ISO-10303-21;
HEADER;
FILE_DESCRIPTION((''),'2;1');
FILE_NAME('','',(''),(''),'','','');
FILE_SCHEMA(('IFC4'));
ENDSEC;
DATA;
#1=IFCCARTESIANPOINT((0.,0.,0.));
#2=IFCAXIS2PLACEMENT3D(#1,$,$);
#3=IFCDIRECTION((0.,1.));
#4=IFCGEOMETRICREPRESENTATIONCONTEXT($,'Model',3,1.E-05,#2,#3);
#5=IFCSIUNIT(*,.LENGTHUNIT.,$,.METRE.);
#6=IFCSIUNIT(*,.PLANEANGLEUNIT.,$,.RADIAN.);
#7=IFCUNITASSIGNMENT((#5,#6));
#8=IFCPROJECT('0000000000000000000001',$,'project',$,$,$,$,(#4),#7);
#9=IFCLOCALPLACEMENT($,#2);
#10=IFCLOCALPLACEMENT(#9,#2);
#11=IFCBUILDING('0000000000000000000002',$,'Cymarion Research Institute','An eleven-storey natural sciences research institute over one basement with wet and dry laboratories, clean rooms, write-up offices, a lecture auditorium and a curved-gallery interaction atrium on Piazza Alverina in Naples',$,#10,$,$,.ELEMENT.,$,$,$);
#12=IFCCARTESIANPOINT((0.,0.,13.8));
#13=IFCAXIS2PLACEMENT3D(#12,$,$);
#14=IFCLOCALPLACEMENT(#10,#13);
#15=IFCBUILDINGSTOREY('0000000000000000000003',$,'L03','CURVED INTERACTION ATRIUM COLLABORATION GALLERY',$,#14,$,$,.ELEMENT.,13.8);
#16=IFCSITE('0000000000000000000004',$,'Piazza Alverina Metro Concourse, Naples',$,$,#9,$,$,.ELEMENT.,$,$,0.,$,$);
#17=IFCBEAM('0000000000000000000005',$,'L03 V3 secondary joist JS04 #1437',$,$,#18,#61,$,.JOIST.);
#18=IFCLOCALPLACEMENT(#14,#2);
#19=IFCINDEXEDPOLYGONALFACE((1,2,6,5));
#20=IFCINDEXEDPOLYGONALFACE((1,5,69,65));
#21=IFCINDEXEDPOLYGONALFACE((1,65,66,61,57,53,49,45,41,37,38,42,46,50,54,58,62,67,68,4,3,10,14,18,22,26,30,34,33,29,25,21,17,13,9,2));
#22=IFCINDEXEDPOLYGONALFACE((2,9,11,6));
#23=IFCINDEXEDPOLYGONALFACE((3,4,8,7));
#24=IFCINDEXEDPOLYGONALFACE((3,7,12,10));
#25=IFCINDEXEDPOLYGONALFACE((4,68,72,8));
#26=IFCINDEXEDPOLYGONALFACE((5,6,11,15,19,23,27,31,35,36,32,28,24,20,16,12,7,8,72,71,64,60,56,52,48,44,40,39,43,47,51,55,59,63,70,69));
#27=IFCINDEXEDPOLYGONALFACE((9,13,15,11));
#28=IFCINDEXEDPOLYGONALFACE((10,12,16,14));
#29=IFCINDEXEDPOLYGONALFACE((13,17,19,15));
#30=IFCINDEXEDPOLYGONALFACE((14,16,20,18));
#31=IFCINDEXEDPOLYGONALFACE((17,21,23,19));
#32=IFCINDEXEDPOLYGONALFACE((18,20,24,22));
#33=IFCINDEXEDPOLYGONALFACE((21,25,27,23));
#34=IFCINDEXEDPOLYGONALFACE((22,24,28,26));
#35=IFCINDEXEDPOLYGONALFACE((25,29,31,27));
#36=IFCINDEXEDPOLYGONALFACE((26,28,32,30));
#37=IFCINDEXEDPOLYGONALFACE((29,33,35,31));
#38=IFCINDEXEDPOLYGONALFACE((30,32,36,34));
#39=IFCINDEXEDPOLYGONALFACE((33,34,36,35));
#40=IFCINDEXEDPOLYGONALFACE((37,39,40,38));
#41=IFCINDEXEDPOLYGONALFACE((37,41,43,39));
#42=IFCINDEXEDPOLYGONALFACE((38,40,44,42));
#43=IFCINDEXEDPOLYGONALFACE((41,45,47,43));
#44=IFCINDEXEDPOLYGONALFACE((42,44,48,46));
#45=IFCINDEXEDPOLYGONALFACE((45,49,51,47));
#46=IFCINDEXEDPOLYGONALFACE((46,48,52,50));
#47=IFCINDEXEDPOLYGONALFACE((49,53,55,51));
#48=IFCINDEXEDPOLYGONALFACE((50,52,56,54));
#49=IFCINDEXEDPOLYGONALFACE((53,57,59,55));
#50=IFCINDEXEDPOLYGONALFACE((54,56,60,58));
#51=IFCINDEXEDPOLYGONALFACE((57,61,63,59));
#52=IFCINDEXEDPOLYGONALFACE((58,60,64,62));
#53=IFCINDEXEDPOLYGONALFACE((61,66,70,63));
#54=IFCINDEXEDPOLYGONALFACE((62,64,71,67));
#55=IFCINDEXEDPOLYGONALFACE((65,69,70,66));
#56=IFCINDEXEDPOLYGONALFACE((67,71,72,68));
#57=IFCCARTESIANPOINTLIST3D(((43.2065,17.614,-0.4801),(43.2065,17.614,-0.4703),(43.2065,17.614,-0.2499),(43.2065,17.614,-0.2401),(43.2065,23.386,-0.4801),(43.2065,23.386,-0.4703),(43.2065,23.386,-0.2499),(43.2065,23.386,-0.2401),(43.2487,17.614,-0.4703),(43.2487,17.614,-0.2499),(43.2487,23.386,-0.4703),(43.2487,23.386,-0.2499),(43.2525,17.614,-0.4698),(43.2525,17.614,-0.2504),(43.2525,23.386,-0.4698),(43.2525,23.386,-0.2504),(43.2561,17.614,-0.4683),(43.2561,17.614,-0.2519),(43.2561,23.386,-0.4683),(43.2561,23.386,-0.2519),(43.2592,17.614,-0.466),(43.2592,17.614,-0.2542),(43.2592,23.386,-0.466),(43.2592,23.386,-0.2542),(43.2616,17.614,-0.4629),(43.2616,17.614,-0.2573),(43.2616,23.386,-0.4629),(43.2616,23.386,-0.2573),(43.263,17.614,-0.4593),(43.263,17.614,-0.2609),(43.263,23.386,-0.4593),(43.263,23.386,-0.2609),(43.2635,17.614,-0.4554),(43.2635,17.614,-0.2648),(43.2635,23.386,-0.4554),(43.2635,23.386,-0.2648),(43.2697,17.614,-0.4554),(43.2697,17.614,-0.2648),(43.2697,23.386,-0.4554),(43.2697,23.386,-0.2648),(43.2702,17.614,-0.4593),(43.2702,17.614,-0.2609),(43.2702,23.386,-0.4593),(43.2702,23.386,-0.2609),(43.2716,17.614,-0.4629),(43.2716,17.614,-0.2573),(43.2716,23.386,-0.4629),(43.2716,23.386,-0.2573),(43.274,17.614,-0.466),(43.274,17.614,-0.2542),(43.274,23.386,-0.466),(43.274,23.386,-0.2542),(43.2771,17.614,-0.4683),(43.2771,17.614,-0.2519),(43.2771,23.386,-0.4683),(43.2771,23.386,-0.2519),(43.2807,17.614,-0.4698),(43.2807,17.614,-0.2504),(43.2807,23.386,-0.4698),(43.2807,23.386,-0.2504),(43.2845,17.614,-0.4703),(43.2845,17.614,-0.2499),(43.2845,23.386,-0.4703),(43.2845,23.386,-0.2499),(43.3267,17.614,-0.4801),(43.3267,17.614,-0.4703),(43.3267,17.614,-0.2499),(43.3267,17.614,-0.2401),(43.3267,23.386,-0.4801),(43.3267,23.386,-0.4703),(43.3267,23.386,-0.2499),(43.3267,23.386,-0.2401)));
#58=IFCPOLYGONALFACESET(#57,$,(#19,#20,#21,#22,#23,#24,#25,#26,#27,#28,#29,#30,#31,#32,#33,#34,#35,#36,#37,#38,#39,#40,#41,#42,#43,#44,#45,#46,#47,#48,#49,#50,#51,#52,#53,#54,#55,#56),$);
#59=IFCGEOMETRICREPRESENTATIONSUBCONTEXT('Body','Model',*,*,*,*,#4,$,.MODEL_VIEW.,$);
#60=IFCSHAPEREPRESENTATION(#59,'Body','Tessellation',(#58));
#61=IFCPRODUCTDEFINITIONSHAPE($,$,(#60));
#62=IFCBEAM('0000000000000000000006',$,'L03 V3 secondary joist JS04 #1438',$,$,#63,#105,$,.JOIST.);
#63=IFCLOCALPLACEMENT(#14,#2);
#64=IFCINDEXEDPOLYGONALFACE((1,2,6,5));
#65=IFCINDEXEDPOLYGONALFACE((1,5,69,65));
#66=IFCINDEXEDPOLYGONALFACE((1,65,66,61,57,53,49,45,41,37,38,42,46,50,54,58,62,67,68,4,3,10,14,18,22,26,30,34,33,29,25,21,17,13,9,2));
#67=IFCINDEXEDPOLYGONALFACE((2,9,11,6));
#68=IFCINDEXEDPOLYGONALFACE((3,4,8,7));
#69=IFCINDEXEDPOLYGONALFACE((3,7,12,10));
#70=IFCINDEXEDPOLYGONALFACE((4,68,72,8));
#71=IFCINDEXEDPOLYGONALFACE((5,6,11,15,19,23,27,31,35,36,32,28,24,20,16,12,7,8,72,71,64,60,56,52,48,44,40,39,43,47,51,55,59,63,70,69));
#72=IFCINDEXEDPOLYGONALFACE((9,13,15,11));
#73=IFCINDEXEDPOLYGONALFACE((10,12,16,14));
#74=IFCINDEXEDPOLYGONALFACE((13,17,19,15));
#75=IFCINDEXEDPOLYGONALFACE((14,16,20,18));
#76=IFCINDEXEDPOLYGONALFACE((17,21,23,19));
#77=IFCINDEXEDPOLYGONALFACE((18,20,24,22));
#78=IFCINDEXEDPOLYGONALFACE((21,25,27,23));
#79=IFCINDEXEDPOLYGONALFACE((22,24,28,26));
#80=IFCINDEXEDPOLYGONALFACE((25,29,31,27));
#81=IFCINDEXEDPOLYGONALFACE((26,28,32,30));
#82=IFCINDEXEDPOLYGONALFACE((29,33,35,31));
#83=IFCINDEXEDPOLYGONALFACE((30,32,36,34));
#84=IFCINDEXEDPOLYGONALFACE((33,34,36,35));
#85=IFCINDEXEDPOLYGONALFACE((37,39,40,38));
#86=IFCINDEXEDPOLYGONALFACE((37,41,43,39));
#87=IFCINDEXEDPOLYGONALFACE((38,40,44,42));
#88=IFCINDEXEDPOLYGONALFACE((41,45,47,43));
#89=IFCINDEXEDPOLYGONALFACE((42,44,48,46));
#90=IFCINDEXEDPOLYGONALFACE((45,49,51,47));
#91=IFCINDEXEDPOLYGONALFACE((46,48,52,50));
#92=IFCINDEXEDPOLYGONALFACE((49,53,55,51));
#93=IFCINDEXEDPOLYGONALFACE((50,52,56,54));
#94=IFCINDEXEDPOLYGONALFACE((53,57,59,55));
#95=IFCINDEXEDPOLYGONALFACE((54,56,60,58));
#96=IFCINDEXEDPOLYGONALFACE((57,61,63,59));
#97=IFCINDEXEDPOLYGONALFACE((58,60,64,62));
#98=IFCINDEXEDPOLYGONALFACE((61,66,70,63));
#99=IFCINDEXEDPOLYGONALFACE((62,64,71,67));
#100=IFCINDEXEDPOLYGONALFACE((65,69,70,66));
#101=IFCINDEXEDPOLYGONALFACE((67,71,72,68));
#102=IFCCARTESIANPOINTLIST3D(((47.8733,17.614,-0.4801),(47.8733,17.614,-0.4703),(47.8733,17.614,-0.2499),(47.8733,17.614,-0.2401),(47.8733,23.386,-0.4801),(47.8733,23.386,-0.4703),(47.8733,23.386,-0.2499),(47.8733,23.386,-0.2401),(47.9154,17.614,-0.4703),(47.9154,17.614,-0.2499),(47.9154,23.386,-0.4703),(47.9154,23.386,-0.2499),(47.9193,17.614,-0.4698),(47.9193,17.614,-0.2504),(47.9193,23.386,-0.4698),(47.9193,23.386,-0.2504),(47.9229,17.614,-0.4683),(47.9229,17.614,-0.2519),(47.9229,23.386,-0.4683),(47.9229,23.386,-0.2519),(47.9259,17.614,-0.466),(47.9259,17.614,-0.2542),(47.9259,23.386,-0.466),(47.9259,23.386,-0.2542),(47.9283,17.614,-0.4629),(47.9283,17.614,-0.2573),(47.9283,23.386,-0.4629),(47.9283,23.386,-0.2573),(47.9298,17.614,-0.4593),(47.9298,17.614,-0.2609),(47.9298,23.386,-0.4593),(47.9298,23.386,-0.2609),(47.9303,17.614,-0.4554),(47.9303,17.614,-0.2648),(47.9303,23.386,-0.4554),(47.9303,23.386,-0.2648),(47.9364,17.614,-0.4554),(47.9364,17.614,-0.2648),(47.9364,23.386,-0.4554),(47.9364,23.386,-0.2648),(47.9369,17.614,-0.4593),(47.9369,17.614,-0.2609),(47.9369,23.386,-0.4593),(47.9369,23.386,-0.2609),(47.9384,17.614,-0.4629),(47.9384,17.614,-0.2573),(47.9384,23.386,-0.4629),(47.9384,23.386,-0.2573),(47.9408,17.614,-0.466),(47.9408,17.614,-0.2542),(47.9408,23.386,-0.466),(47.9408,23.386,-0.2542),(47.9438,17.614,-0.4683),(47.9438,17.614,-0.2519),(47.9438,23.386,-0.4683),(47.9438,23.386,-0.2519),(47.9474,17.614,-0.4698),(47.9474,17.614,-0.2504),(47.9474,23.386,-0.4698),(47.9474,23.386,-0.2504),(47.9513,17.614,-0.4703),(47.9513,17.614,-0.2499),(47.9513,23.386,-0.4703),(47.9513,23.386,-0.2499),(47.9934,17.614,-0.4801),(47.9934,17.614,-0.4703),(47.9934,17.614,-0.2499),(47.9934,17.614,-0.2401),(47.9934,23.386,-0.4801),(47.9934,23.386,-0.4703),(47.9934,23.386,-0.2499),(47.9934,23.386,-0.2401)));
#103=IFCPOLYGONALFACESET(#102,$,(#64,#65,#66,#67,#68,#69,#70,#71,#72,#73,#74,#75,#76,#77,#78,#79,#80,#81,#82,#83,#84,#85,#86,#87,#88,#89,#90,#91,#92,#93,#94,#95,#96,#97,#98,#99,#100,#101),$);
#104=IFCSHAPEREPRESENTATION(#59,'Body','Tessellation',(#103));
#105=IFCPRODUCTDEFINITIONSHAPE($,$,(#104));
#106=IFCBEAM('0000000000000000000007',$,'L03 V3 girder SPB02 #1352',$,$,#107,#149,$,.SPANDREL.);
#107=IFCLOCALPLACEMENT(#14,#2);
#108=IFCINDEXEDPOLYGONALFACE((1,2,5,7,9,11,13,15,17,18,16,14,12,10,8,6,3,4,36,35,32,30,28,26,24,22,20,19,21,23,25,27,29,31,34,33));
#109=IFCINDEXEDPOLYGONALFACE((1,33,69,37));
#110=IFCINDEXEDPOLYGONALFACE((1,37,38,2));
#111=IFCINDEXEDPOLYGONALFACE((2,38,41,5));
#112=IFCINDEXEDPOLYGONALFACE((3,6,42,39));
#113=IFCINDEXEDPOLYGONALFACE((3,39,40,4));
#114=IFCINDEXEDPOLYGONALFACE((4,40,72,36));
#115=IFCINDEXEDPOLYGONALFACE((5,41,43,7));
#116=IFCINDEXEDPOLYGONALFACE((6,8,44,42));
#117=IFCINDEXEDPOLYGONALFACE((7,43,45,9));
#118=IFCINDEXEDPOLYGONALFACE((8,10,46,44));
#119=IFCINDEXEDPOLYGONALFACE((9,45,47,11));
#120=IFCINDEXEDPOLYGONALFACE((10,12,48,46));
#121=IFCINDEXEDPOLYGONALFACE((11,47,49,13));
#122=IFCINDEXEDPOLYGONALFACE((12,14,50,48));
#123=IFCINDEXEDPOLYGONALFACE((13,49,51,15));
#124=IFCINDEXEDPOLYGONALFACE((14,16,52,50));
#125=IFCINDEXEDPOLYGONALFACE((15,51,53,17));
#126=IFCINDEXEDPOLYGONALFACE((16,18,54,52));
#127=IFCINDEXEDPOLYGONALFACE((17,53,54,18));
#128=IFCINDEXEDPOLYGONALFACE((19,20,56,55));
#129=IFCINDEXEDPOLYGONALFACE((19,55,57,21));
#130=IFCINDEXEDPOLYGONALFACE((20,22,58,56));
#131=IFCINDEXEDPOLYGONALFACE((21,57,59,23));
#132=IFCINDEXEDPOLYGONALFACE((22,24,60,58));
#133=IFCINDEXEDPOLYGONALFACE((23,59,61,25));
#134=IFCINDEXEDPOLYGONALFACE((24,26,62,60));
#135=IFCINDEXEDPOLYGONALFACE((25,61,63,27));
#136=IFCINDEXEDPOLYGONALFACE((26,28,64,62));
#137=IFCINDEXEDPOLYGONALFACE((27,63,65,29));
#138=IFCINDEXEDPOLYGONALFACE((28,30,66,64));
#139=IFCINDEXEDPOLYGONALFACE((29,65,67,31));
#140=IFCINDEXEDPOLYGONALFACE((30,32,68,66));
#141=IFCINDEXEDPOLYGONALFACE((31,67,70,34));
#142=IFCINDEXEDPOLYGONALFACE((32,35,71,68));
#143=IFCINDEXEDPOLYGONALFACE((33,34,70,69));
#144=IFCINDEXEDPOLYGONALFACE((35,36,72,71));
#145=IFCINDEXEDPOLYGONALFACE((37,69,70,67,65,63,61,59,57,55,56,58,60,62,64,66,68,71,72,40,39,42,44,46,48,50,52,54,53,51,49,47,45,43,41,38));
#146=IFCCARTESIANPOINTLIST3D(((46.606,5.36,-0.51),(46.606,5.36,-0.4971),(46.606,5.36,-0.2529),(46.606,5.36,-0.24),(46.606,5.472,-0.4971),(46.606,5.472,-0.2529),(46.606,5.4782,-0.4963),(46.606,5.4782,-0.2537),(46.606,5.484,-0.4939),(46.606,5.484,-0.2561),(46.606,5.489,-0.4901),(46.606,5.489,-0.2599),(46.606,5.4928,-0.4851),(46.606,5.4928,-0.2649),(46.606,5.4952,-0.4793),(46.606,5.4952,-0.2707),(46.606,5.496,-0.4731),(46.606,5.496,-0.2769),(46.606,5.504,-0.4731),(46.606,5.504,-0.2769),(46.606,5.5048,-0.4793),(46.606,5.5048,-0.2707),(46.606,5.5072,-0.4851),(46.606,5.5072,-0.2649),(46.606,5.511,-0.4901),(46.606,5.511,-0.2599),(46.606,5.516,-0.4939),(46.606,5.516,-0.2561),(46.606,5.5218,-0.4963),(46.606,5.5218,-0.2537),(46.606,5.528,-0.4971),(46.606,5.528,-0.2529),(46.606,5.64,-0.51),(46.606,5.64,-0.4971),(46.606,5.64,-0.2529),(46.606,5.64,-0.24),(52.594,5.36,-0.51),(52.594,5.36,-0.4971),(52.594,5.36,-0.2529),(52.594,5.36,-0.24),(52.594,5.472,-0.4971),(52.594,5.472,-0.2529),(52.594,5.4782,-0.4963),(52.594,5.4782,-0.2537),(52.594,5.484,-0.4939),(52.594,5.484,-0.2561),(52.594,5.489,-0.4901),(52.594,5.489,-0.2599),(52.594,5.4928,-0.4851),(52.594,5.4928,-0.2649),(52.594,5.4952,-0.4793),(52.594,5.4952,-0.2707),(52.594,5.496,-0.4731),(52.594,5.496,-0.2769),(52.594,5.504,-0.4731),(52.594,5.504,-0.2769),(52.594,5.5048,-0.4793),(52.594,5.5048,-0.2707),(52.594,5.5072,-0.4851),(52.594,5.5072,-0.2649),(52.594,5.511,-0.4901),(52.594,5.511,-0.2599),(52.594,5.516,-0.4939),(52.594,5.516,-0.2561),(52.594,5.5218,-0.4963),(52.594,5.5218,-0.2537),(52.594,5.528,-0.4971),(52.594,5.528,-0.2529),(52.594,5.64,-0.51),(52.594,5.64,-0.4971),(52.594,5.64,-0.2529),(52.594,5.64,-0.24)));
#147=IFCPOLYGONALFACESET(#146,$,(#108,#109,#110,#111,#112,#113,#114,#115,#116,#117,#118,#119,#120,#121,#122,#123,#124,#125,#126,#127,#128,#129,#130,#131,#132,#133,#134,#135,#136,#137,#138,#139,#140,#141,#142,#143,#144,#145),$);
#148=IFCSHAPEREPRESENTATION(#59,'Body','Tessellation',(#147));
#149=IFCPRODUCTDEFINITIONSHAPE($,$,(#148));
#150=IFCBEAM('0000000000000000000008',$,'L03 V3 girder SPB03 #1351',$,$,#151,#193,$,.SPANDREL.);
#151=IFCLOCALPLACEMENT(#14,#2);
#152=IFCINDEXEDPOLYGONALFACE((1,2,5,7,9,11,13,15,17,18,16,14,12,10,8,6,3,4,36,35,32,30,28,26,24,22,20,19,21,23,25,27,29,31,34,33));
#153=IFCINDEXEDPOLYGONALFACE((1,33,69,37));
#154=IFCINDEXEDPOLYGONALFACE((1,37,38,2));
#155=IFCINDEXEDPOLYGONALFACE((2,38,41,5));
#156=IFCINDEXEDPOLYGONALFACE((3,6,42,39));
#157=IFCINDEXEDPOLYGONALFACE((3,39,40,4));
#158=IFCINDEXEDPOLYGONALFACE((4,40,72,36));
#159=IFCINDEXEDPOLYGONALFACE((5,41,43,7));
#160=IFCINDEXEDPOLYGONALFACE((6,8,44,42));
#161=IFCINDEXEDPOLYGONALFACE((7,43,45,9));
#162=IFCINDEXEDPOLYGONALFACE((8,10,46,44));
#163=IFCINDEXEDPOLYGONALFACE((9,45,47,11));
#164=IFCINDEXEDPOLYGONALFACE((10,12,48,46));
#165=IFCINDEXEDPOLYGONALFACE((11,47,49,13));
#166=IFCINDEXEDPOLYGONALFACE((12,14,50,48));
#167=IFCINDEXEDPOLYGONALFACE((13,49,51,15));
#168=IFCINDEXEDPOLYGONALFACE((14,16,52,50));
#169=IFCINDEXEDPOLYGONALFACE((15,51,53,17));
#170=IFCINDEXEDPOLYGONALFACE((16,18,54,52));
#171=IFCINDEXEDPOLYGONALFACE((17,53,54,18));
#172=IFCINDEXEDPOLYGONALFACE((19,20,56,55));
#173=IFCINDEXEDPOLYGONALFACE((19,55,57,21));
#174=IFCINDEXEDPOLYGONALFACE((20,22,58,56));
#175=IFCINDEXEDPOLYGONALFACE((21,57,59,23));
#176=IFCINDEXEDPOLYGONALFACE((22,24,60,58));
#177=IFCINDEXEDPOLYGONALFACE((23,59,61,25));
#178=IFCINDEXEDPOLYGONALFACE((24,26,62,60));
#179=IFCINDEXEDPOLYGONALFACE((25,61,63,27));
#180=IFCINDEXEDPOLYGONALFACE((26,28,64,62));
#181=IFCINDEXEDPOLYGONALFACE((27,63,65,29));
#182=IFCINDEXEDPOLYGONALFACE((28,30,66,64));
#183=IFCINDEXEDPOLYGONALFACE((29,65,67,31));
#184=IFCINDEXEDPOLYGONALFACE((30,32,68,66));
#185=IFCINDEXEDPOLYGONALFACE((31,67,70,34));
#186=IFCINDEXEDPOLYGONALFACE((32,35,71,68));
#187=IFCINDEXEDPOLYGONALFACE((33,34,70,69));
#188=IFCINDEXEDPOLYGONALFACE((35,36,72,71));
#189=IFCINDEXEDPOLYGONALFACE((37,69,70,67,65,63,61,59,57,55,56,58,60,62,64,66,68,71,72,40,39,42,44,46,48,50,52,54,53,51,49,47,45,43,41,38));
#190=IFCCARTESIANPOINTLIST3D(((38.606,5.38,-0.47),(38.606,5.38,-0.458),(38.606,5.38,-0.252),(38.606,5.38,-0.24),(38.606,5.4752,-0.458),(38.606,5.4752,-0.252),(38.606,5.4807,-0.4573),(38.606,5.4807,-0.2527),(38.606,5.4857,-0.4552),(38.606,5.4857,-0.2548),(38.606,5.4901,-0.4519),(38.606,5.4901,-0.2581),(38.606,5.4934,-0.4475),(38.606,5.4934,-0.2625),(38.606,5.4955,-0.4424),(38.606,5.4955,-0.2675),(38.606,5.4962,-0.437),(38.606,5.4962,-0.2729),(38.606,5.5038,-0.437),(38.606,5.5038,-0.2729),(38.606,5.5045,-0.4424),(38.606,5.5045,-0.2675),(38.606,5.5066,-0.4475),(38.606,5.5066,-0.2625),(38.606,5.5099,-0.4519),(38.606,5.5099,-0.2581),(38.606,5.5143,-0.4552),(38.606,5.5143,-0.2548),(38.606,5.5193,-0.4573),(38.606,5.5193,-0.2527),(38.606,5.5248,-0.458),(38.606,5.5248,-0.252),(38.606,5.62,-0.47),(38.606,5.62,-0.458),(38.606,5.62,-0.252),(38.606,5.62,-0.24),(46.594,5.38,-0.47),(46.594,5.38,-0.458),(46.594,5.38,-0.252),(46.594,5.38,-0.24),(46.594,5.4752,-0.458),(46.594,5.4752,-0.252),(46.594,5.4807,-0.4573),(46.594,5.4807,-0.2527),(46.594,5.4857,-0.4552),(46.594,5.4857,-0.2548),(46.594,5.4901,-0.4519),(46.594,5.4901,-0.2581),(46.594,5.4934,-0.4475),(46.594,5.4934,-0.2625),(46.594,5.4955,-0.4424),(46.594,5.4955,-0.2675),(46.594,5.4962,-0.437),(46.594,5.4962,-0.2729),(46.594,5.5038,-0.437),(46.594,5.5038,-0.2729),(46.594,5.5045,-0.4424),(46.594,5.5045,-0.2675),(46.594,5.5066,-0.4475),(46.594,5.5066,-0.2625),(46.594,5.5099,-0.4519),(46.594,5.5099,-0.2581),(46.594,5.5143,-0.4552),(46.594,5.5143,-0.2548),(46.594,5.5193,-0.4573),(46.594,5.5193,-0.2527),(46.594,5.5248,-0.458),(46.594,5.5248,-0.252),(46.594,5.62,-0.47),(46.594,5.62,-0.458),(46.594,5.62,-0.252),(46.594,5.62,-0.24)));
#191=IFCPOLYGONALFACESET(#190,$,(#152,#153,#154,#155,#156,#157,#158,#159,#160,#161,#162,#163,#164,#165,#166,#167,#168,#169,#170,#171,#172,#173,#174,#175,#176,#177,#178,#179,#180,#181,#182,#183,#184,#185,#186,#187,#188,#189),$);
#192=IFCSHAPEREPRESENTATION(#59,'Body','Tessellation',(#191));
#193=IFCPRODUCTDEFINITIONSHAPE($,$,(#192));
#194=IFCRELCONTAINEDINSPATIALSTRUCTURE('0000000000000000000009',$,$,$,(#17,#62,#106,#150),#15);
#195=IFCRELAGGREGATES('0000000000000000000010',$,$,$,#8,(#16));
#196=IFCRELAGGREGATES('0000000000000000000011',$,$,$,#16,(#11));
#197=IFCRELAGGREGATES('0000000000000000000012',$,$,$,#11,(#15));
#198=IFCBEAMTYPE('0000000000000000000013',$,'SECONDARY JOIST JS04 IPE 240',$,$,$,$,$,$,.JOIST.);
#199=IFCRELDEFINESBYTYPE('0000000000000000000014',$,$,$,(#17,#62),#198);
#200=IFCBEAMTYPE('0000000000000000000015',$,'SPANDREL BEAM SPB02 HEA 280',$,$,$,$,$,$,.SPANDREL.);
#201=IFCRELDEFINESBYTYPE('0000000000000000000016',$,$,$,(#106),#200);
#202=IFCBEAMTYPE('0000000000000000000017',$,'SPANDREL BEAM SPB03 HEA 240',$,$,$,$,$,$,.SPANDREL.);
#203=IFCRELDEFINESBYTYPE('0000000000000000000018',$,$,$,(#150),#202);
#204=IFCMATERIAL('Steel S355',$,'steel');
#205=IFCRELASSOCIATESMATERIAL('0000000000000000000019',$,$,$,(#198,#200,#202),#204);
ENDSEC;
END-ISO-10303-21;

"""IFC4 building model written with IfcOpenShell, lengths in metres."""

from ifc_helpers import new_model, si_unit, direction, frame, origin, origin_2d, place, context, subcontext, project, spatial, i_section, extrude, material, material_profile, profile_set, type_object, element, save


model = new_model("IFC4")

# Units and contexts
model_context = context("Model", 3, precision=1e-05, world=origin(), true_north=direction((0.0, 1.0)))
body_context = subcontext(model_context, "Body", "Model", "MODEL_VIEW")
ifc_project = project(units=[si_unit("LENGTHUNIT", "METRE"), si_unit("PLANEANGLEUNIT", "RADIAN")], contexts=[model_context])

# Site, building, storey
site_placement = place(None, origin())
site = spatial("IfcSite", under=ifc_project, at=site_placement, Name="Piazza Alverina Metro Concourse, Naples", CompositionType="ELEMENT", RefElevation=0.0)
building_placement = place(site_placement, origin())
building = spatial("IfcBuilding", under=site, at=building_placement, Name="Cymarion Research Institute", Description="An eleven-storey natural sciences research institute over one basement with wet and dry laboratories, clean rooms, write-up offices, a lecture auditorium and a curved-gallery interaction atrium on Piazza Alverina in Naples", CompositionType="ELEMENT")
storey_placement = place(building_placement, frame((0.0, 0.0, 13.8)))
storey = spatial("IfcBuildingStorey", under=building, at=storey_placement, Name="L03", Description="CURVED INTERACTION ATRIUM COLLABORATION GALLERY", CompositionType="ELEMENT", Elevation=13.8)

# Beams
ifc_material_1 = material(Name="Steel S355", Category="steel")
ifc_material_profile_1 = material_profile(ifc_material_1, i_section(OverallWidth=0.1201, OverallDepth=0.24, WebThickness=0.0061, FlangeThickness=0.0098, FilletRadius=0.0149, at=origin_2d()), Name="IPE 240")
ifc_profile_set_1 = profile_set([ifc_material_profile_1], Name="Steel S355")
beam_type_1 = type_object("IfcBeamType", Name="SECONDARY JOIST JS04 IPE 240", PredefinedType="JOIST", material=ifc_profile_set_1)
for number, where, z_axis, x_axis, name in (
    (1, (43.2666, 17.614, -0.3601), (0.0, 1.0, 0.0), (-1.0, 0.0, 0.0), "L03 V3 secondary joist JS04 #1437"),
    (2, (47.9333, 17.614, -0.3601), (0.0, 1.0, 0.0), (-1.0, 0.0, 0.0), "L03 V3 secondary joist JS04 #1438"),
):
    element("IfcBeam", number, at=place(storey_placement, frame(where, z_axis=z_axis, x_axis=x_axis)), inside=storey, type_object=beam_type_1, Name=name, PredefinedType="JOIST", context=body_context, shape_type="SweptSolid", body=[
        extrude(i_section(OverallWidth=0.1201, OverallDepth=0.24, WebThickness=0.0061, FlangeThickness=0.0098, FilletRadius=0.0149, at=origin_2d()), origin(), (0.0, 0.0, 1.0), 5.772),
    ])
ifc_material_profile_2 = material_profile(ifc_material_1, i_section(OverallWidth=0.28, OverallDepth=0.27, WebThickness=0.0081, FlangeThickness=0.0129, FilletRadius=0.0239, at=origin_2d()), Name="HEA 280")
ifc_profile_set_2 = profile_set([ifc_material_profile_2], Name="Steel S355")
beam_type_2 = type_object("IfcBeamType", Name="SPANDREL BEAM SPB02 HEA 280", PredefinedType="SPANDREL", material=ifc_profile_set_2)
beam_1_placement = place(storey_placement, frame((46.606, 5.5, -0.375), z_axis=(1.0, 0.0, 0.0), x_axis=(0.0, 1.0, 0.0)))
element("IfcBeam", 3, at=beam_1_placement, inside=storey, type_object=beam_type_2, Name="L03 V3 girder SPB02 #1352", PredefinedType="SPANDREL", context=body_context, shape_type="SweptSolid", body=[
    extrude(i_section(OverallWidth=0.28, OverallDepth=0.27, WebThickness=0.0081, FlangeThickness=0.0129, FilletRadius=0.0239, at=origin_2d()), origin(), (0.0, 0.0, 1.0), 5.988),
])
ifc_material_profile_3 = material_profile(ifc_material_1, i_section(OverallWidth=0.24, OverallDepth=0.23, WebThickness=0.0076, FlangeThickness=0.012, FilletRadius=0.021, at=origin_2d()), Name="HEA 240")
ifc_profile_set_3 = profile_set([ifc_material_profile_3], Name="Steel S355")
beam_type_3 = type_object("IfcBeamType", Name="SPANDREL BEAM SPB03 HEA 240", PredefinedType="SPANDREL", material=ifc_profile_set_3)
beam_2_placement = place(storey_placement, frame((38.606, 5.5, -0.355), z_axis=(1.0, 0.0, 0.0), x_axis=(0.0, 1.0, 0.0)))
element("IfcBeam", 4, at=beam_2_placement, inside=storey, type_object=beam_type_3, Name="L03 V3 girder SPB03 #1351", PredefinedType="SPANDREL", context=body_context, shape_type="SweptSolid", body=[
    extrude(i_section(OverallWidth=0.24, OverallDepth=0.23, WebThickness=0.0076, FlangeThickness=0.012, FilletRadius=0.021, at=origin_2d()), origin(), (0.0, 0.0, 1.0), 7.988),
])

save(model, "model.ifc")
